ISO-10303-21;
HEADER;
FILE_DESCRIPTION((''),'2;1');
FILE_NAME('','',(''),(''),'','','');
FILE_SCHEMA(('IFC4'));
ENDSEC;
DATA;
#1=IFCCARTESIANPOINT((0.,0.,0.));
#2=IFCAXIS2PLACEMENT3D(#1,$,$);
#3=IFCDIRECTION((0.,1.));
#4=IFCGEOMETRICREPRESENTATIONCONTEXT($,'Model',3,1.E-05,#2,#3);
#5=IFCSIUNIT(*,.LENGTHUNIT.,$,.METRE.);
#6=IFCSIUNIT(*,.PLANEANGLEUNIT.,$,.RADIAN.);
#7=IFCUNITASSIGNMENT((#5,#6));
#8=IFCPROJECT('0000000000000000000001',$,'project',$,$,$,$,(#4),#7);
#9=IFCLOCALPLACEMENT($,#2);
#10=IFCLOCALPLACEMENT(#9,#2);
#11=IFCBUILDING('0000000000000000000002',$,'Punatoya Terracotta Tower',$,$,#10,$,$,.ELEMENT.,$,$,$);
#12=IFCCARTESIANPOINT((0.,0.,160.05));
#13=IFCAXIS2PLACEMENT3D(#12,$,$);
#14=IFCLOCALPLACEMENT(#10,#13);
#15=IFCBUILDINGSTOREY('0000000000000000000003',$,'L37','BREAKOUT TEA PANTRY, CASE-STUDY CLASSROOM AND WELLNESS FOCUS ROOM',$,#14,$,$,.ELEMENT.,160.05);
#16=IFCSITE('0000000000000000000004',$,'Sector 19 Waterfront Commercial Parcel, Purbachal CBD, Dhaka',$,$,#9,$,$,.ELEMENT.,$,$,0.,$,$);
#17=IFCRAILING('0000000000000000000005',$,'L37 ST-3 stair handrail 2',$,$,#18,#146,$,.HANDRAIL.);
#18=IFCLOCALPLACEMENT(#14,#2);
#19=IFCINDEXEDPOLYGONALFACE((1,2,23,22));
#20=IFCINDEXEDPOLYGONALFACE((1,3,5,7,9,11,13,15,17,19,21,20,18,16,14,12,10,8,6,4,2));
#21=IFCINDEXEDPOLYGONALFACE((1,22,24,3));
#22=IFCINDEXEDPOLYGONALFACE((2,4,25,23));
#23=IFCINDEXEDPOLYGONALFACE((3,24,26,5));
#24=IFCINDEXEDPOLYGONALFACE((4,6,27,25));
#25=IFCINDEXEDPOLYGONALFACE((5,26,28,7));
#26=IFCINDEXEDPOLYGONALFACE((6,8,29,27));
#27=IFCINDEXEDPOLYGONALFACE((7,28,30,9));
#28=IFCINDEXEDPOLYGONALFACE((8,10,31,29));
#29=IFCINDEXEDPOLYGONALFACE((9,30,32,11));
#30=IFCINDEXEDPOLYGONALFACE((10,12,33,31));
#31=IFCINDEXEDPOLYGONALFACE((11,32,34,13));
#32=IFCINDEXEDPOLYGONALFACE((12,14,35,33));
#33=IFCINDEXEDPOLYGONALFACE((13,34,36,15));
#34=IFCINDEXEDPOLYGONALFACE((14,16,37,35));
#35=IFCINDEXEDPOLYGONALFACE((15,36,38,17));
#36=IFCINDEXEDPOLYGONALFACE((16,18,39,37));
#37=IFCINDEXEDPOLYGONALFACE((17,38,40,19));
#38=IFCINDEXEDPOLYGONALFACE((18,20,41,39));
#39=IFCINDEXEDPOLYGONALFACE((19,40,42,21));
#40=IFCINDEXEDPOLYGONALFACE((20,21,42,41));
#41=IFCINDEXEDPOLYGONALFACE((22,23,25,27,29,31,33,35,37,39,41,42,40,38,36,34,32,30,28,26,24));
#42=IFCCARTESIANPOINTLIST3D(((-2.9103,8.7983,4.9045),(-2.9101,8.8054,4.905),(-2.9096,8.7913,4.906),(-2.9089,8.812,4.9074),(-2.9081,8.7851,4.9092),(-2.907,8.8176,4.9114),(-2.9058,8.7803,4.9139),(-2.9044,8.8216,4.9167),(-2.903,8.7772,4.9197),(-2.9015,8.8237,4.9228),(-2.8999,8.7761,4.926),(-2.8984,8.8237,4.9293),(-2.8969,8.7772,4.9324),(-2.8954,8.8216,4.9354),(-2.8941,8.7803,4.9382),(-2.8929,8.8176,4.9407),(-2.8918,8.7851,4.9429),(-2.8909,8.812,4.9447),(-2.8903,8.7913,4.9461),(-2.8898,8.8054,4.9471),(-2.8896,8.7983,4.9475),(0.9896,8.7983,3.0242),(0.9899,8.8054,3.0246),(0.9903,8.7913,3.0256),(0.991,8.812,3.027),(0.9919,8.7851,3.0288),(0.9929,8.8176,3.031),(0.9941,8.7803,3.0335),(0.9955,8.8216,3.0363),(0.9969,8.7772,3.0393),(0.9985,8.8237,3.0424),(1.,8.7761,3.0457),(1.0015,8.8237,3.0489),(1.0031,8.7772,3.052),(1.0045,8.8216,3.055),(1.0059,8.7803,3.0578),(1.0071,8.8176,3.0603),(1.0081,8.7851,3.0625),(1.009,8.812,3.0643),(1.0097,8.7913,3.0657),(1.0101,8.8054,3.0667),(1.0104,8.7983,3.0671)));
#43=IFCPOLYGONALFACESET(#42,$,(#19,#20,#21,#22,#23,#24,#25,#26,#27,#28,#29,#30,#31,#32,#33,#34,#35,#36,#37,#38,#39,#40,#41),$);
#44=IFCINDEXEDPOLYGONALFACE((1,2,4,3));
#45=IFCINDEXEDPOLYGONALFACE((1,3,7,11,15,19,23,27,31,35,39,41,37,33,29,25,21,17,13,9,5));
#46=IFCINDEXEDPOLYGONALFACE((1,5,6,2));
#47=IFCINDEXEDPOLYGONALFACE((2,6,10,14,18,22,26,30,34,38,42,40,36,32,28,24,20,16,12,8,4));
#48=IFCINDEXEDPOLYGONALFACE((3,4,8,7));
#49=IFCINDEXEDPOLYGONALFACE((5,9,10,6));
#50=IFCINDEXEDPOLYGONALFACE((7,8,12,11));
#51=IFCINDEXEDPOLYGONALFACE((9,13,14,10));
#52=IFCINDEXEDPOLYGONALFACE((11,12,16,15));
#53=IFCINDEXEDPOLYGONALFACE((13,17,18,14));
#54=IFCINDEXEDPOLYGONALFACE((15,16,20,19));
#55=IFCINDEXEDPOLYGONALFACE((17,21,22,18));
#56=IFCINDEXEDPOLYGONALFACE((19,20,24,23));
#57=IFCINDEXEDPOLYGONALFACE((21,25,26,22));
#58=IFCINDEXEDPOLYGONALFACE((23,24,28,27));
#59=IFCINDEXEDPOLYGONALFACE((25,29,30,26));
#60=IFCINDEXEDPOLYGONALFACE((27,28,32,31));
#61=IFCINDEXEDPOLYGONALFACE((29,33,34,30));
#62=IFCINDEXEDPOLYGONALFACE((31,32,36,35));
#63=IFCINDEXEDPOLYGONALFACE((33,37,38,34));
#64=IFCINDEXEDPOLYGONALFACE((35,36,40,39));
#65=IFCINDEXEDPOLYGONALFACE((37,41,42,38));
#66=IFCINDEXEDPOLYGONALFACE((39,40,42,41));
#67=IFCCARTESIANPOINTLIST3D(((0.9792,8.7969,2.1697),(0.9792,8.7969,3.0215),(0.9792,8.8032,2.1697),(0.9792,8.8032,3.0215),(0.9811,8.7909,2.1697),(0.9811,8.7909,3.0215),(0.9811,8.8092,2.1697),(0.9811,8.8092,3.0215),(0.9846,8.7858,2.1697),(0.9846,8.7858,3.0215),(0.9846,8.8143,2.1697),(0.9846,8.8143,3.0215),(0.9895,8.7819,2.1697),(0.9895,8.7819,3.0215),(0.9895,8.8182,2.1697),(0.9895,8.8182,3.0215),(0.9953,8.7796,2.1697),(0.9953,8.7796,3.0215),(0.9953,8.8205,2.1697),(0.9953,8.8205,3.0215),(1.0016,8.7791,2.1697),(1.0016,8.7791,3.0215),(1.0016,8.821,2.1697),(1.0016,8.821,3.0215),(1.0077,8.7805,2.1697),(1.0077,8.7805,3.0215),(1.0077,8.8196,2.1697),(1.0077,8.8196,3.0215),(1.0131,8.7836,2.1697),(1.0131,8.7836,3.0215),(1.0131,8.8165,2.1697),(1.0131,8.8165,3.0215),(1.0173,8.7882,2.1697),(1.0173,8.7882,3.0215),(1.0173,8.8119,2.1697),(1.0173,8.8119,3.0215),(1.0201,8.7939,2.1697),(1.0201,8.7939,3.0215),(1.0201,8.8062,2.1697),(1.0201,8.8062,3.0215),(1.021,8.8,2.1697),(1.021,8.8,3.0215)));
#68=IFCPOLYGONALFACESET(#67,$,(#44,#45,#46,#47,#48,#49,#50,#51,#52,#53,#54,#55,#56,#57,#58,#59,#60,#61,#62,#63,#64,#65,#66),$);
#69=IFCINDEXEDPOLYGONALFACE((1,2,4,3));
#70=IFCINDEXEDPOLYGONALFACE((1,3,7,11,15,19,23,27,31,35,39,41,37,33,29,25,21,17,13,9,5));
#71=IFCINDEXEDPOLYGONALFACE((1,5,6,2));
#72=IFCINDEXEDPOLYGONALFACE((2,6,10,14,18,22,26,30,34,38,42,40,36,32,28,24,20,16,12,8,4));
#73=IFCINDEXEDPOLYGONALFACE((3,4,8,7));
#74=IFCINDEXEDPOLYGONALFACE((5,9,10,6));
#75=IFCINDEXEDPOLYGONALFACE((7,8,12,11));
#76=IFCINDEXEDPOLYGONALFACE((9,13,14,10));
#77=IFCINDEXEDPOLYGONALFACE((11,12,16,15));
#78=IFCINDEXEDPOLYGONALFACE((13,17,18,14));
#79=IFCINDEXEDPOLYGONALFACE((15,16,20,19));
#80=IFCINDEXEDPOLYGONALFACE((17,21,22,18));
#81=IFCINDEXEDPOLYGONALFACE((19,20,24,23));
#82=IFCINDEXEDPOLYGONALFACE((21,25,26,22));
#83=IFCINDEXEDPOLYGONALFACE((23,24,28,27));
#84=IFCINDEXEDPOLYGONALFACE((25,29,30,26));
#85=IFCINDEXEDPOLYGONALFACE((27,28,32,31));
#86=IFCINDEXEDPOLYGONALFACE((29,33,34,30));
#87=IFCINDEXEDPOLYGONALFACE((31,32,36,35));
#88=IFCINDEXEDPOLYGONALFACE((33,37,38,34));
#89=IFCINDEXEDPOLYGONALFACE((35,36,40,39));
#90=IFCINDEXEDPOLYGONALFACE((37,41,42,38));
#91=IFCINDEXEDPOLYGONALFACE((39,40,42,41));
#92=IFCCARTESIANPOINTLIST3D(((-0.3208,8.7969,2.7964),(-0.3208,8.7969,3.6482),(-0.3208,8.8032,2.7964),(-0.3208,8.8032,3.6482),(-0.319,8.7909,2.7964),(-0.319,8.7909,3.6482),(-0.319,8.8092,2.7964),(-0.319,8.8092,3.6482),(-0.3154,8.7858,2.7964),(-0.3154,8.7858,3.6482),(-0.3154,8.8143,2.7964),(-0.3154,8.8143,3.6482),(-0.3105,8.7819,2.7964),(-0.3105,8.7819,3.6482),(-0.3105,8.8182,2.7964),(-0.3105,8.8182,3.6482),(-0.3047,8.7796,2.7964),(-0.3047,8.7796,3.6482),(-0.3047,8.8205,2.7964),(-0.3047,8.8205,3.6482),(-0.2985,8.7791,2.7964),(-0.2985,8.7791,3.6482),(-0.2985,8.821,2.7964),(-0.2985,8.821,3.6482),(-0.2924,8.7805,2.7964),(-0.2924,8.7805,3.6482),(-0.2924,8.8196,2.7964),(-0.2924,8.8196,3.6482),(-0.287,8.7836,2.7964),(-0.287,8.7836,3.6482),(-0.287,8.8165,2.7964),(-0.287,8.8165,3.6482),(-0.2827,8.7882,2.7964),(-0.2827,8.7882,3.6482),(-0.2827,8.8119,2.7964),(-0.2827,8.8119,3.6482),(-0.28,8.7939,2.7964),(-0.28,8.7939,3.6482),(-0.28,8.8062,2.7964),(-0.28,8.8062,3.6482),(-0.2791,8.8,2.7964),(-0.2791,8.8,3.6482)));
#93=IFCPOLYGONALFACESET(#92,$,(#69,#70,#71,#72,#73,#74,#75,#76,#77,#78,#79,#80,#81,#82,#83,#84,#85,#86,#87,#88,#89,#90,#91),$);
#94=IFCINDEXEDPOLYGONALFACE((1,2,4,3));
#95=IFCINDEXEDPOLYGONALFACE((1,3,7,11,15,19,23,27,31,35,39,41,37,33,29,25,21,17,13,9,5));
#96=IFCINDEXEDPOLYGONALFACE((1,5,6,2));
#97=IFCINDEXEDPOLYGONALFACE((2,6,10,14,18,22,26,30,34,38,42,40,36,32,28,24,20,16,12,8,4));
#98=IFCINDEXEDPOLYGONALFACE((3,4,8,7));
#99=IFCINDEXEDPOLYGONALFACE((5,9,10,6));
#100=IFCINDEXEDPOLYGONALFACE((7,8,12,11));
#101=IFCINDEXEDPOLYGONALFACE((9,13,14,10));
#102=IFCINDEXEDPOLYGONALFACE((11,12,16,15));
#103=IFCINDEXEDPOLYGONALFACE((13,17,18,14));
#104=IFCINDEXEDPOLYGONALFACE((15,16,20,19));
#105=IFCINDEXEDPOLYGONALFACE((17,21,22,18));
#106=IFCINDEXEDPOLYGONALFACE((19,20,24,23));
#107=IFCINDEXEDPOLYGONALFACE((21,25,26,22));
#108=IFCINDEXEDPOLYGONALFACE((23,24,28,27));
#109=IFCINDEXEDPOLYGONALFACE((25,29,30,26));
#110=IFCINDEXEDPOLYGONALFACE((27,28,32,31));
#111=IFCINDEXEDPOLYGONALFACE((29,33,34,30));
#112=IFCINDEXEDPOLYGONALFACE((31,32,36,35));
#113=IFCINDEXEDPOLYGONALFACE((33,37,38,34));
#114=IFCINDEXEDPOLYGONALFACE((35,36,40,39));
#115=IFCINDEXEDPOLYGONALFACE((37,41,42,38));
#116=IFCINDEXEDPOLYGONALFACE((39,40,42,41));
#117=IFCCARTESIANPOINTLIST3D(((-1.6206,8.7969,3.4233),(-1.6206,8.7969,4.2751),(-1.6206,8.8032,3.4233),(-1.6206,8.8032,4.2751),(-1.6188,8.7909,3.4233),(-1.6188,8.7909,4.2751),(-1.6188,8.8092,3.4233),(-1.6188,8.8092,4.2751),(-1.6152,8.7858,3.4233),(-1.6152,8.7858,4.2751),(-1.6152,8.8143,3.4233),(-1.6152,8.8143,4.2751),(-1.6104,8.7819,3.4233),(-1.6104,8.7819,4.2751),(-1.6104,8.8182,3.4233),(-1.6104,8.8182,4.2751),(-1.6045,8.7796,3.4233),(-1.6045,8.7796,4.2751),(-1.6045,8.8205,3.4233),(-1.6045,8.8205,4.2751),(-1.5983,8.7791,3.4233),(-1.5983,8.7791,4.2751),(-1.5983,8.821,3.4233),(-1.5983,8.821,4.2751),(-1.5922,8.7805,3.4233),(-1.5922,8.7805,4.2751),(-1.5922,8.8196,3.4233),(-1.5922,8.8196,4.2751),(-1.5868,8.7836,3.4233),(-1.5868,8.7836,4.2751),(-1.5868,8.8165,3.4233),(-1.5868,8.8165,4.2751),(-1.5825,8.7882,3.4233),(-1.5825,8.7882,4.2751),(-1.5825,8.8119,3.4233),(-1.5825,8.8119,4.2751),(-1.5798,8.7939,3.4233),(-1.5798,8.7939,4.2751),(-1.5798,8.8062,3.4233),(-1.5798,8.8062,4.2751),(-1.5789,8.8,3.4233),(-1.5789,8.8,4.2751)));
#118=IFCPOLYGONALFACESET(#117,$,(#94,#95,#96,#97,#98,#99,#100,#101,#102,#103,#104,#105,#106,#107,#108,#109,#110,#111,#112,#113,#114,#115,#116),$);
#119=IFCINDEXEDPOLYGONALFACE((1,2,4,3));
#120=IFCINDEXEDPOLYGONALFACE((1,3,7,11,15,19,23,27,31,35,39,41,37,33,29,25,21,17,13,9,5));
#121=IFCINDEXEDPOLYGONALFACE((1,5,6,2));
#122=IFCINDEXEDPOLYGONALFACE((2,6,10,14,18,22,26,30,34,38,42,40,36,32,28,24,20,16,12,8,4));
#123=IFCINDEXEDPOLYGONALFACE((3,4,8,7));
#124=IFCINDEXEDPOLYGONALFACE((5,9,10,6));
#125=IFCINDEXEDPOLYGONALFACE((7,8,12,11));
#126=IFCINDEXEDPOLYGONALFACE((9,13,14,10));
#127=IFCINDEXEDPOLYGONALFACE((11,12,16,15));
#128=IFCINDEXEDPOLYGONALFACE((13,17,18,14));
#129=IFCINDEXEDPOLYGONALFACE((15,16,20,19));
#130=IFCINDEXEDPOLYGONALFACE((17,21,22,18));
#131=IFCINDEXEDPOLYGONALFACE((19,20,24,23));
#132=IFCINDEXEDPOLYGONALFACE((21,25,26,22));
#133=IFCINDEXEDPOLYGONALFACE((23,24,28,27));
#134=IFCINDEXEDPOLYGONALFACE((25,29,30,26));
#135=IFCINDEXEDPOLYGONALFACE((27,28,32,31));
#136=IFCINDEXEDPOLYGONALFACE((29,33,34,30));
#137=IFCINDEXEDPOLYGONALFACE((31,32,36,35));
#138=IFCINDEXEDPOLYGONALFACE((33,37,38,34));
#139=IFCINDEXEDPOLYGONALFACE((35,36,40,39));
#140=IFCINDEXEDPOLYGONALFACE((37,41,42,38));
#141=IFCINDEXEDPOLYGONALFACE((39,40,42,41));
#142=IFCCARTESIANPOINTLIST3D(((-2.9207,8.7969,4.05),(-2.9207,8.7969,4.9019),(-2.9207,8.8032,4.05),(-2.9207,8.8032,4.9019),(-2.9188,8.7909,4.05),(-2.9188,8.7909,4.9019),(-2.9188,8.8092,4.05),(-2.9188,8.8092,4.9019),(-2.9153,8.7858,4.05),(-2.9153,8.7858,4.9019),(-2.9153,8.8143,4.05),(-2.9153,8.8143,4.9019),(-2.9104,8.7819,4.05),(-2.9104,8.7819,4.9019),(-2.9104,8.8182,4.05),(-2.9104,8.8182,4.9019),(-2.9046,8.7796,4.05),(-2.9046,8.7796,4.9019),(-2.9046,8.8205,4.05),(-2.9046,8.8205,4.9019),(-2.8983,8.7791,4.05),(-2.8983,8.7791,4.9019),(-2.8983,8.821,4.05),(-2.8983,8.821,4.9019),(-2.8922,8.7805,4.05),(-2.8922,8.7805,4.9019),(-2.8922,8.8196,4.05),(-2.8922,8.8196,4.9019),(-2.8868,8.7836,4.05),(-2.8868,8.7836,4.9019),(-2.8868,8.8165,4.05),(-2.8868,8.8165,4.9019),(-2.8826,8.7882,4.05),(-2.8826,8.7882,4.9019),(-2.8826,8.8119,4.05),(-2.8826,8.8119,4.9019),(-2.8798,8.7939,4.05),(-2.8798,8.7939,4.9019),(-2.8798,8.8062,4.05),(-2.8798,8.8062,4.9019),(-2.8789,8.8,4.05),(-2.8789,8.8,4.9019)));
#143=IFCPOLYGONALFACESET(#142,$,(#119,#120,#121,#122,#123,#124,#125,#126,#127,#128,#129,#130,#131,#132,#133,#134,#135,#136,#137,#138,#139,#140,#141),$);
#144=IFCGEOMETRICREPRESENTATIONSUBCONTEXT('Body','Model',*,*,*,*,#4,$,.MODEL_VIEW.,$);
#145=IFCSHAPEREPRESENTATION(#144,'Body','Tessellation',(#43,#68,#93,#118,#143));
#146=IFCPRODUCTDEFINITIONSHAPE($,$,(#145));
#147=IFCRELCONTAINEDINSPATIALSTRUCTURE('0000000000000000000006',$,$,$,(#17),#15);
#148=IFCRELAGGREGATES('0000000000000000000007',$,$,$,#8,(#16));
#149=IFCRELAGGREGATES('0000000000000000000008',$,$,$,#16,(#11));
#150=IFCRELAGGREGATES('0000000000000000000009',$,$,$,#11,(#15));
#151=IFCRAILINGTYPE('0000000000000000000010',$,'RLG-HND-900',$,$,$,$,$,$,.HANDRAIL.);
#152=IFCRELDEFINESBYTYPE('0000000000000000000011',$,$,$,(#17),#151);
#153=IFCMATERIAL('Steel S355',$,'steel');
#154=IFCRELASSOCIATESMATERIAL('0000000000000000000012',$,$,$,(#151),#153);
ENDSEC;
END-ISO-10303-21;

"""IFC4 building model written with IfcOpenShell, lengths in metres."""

from ifc_helpers import new_model, si_unit, direction, frame, origin, origin_2d, place, context, subcontext, project, spatial, circle, extrude, material, type_object, element, save


model = new_model("IFC4")

# Units and contexts
model_context = context("Model", 3, precision=1e-05, world=origin(), true_north=direction((0.0, 1.0)))
body_context = subcontext(model_context, "Body", "Model", "MODEL_VIEW")
ifc_project = project(units=[si_unit("LENGTHUNIT", "METRE"), si_unit("PLANEANGLEUNIT", "RADIAN")], contexts=[model_context])

# Site, building, storey
site_placement = place(None, origin())
site = spatial("IfcSite", under=ifc_project, at=site_placement, Name="Sector 19 Waterfront Commercial Parcel, Purbachal CBD, Dhaka", CompositionType="ELEMENT", RefElevation=0.0)
building_placement = place(site_placement, origin())
building = spatial("IfcBuilding", under=site, at=building_placement, Name="Punatoya Terracotta Tower", CompositionType="ELEMENT")
storey_placement = place(building_placement, frame((0.0, 0.0, 160.05)))
storey = spatial("IfcBuildingStorey", under=building, at=storey_placement, Name="L37", Description="BREAKOUT TEA PANTRY, CASE-STUDY CLASSROOM AND WELLNESS FOCUS ROOM", CompositionType="ELEMENT", Elevation=160.05)

# Shared definitions
ifc_material_1 = material(Name="Steel S355", Category="steel")

# Railing
railing_type_1 = type_object("IfcRailingType", Name="RLG-HND-900", PredefinedType="HANDRAIL", material=ifc_material_1)
railing_1_placement = place(storey_placement, frame((1.0, 8.8, 2.1697)))
element("IfcRailing", 1, at=railing_1_placement, inside=storey, type_object=railing_type_1, Name="L37 ST-3 stair handrail 2", PredefinedType="HANDRAIL", context=body_context, shape_type="SweptSolid", body=[
    extrude(circle(Radius=0.0239, at=origin_2d()), frame((0.0, 0.0, 0.876), z_axis=(-0.900763, 0.0, 0.434311), x_axis=(0.0, -1.0, 0.0)), (0.0, 0.0, 1.0), 4.3296),
    extrude(circle(Radius=0.021, at=origin_2d()), origin(), (0.0, 0.0, 1.0), 0.8518),
    extrude(circle(Radius=0.021, at=origin_2d()), frame((-1.3, 0.0, 0.6267)), (0.0, 0.0, 1.0), 0.8518),
    extrude(circle(Radius=0.021, at=origin_2d()), frame((-2.5999, 0.0, 1.2537)), (0.0, 0.0, 1.0), 0.8518),
    extrude(circle(Radius=0.021, at=origin_2d()), frame((-3.8999, 0.0, 1.8804)), (0.0, 0.0, 1.0), 0.8518),
])

save(model, "model.ifc")
